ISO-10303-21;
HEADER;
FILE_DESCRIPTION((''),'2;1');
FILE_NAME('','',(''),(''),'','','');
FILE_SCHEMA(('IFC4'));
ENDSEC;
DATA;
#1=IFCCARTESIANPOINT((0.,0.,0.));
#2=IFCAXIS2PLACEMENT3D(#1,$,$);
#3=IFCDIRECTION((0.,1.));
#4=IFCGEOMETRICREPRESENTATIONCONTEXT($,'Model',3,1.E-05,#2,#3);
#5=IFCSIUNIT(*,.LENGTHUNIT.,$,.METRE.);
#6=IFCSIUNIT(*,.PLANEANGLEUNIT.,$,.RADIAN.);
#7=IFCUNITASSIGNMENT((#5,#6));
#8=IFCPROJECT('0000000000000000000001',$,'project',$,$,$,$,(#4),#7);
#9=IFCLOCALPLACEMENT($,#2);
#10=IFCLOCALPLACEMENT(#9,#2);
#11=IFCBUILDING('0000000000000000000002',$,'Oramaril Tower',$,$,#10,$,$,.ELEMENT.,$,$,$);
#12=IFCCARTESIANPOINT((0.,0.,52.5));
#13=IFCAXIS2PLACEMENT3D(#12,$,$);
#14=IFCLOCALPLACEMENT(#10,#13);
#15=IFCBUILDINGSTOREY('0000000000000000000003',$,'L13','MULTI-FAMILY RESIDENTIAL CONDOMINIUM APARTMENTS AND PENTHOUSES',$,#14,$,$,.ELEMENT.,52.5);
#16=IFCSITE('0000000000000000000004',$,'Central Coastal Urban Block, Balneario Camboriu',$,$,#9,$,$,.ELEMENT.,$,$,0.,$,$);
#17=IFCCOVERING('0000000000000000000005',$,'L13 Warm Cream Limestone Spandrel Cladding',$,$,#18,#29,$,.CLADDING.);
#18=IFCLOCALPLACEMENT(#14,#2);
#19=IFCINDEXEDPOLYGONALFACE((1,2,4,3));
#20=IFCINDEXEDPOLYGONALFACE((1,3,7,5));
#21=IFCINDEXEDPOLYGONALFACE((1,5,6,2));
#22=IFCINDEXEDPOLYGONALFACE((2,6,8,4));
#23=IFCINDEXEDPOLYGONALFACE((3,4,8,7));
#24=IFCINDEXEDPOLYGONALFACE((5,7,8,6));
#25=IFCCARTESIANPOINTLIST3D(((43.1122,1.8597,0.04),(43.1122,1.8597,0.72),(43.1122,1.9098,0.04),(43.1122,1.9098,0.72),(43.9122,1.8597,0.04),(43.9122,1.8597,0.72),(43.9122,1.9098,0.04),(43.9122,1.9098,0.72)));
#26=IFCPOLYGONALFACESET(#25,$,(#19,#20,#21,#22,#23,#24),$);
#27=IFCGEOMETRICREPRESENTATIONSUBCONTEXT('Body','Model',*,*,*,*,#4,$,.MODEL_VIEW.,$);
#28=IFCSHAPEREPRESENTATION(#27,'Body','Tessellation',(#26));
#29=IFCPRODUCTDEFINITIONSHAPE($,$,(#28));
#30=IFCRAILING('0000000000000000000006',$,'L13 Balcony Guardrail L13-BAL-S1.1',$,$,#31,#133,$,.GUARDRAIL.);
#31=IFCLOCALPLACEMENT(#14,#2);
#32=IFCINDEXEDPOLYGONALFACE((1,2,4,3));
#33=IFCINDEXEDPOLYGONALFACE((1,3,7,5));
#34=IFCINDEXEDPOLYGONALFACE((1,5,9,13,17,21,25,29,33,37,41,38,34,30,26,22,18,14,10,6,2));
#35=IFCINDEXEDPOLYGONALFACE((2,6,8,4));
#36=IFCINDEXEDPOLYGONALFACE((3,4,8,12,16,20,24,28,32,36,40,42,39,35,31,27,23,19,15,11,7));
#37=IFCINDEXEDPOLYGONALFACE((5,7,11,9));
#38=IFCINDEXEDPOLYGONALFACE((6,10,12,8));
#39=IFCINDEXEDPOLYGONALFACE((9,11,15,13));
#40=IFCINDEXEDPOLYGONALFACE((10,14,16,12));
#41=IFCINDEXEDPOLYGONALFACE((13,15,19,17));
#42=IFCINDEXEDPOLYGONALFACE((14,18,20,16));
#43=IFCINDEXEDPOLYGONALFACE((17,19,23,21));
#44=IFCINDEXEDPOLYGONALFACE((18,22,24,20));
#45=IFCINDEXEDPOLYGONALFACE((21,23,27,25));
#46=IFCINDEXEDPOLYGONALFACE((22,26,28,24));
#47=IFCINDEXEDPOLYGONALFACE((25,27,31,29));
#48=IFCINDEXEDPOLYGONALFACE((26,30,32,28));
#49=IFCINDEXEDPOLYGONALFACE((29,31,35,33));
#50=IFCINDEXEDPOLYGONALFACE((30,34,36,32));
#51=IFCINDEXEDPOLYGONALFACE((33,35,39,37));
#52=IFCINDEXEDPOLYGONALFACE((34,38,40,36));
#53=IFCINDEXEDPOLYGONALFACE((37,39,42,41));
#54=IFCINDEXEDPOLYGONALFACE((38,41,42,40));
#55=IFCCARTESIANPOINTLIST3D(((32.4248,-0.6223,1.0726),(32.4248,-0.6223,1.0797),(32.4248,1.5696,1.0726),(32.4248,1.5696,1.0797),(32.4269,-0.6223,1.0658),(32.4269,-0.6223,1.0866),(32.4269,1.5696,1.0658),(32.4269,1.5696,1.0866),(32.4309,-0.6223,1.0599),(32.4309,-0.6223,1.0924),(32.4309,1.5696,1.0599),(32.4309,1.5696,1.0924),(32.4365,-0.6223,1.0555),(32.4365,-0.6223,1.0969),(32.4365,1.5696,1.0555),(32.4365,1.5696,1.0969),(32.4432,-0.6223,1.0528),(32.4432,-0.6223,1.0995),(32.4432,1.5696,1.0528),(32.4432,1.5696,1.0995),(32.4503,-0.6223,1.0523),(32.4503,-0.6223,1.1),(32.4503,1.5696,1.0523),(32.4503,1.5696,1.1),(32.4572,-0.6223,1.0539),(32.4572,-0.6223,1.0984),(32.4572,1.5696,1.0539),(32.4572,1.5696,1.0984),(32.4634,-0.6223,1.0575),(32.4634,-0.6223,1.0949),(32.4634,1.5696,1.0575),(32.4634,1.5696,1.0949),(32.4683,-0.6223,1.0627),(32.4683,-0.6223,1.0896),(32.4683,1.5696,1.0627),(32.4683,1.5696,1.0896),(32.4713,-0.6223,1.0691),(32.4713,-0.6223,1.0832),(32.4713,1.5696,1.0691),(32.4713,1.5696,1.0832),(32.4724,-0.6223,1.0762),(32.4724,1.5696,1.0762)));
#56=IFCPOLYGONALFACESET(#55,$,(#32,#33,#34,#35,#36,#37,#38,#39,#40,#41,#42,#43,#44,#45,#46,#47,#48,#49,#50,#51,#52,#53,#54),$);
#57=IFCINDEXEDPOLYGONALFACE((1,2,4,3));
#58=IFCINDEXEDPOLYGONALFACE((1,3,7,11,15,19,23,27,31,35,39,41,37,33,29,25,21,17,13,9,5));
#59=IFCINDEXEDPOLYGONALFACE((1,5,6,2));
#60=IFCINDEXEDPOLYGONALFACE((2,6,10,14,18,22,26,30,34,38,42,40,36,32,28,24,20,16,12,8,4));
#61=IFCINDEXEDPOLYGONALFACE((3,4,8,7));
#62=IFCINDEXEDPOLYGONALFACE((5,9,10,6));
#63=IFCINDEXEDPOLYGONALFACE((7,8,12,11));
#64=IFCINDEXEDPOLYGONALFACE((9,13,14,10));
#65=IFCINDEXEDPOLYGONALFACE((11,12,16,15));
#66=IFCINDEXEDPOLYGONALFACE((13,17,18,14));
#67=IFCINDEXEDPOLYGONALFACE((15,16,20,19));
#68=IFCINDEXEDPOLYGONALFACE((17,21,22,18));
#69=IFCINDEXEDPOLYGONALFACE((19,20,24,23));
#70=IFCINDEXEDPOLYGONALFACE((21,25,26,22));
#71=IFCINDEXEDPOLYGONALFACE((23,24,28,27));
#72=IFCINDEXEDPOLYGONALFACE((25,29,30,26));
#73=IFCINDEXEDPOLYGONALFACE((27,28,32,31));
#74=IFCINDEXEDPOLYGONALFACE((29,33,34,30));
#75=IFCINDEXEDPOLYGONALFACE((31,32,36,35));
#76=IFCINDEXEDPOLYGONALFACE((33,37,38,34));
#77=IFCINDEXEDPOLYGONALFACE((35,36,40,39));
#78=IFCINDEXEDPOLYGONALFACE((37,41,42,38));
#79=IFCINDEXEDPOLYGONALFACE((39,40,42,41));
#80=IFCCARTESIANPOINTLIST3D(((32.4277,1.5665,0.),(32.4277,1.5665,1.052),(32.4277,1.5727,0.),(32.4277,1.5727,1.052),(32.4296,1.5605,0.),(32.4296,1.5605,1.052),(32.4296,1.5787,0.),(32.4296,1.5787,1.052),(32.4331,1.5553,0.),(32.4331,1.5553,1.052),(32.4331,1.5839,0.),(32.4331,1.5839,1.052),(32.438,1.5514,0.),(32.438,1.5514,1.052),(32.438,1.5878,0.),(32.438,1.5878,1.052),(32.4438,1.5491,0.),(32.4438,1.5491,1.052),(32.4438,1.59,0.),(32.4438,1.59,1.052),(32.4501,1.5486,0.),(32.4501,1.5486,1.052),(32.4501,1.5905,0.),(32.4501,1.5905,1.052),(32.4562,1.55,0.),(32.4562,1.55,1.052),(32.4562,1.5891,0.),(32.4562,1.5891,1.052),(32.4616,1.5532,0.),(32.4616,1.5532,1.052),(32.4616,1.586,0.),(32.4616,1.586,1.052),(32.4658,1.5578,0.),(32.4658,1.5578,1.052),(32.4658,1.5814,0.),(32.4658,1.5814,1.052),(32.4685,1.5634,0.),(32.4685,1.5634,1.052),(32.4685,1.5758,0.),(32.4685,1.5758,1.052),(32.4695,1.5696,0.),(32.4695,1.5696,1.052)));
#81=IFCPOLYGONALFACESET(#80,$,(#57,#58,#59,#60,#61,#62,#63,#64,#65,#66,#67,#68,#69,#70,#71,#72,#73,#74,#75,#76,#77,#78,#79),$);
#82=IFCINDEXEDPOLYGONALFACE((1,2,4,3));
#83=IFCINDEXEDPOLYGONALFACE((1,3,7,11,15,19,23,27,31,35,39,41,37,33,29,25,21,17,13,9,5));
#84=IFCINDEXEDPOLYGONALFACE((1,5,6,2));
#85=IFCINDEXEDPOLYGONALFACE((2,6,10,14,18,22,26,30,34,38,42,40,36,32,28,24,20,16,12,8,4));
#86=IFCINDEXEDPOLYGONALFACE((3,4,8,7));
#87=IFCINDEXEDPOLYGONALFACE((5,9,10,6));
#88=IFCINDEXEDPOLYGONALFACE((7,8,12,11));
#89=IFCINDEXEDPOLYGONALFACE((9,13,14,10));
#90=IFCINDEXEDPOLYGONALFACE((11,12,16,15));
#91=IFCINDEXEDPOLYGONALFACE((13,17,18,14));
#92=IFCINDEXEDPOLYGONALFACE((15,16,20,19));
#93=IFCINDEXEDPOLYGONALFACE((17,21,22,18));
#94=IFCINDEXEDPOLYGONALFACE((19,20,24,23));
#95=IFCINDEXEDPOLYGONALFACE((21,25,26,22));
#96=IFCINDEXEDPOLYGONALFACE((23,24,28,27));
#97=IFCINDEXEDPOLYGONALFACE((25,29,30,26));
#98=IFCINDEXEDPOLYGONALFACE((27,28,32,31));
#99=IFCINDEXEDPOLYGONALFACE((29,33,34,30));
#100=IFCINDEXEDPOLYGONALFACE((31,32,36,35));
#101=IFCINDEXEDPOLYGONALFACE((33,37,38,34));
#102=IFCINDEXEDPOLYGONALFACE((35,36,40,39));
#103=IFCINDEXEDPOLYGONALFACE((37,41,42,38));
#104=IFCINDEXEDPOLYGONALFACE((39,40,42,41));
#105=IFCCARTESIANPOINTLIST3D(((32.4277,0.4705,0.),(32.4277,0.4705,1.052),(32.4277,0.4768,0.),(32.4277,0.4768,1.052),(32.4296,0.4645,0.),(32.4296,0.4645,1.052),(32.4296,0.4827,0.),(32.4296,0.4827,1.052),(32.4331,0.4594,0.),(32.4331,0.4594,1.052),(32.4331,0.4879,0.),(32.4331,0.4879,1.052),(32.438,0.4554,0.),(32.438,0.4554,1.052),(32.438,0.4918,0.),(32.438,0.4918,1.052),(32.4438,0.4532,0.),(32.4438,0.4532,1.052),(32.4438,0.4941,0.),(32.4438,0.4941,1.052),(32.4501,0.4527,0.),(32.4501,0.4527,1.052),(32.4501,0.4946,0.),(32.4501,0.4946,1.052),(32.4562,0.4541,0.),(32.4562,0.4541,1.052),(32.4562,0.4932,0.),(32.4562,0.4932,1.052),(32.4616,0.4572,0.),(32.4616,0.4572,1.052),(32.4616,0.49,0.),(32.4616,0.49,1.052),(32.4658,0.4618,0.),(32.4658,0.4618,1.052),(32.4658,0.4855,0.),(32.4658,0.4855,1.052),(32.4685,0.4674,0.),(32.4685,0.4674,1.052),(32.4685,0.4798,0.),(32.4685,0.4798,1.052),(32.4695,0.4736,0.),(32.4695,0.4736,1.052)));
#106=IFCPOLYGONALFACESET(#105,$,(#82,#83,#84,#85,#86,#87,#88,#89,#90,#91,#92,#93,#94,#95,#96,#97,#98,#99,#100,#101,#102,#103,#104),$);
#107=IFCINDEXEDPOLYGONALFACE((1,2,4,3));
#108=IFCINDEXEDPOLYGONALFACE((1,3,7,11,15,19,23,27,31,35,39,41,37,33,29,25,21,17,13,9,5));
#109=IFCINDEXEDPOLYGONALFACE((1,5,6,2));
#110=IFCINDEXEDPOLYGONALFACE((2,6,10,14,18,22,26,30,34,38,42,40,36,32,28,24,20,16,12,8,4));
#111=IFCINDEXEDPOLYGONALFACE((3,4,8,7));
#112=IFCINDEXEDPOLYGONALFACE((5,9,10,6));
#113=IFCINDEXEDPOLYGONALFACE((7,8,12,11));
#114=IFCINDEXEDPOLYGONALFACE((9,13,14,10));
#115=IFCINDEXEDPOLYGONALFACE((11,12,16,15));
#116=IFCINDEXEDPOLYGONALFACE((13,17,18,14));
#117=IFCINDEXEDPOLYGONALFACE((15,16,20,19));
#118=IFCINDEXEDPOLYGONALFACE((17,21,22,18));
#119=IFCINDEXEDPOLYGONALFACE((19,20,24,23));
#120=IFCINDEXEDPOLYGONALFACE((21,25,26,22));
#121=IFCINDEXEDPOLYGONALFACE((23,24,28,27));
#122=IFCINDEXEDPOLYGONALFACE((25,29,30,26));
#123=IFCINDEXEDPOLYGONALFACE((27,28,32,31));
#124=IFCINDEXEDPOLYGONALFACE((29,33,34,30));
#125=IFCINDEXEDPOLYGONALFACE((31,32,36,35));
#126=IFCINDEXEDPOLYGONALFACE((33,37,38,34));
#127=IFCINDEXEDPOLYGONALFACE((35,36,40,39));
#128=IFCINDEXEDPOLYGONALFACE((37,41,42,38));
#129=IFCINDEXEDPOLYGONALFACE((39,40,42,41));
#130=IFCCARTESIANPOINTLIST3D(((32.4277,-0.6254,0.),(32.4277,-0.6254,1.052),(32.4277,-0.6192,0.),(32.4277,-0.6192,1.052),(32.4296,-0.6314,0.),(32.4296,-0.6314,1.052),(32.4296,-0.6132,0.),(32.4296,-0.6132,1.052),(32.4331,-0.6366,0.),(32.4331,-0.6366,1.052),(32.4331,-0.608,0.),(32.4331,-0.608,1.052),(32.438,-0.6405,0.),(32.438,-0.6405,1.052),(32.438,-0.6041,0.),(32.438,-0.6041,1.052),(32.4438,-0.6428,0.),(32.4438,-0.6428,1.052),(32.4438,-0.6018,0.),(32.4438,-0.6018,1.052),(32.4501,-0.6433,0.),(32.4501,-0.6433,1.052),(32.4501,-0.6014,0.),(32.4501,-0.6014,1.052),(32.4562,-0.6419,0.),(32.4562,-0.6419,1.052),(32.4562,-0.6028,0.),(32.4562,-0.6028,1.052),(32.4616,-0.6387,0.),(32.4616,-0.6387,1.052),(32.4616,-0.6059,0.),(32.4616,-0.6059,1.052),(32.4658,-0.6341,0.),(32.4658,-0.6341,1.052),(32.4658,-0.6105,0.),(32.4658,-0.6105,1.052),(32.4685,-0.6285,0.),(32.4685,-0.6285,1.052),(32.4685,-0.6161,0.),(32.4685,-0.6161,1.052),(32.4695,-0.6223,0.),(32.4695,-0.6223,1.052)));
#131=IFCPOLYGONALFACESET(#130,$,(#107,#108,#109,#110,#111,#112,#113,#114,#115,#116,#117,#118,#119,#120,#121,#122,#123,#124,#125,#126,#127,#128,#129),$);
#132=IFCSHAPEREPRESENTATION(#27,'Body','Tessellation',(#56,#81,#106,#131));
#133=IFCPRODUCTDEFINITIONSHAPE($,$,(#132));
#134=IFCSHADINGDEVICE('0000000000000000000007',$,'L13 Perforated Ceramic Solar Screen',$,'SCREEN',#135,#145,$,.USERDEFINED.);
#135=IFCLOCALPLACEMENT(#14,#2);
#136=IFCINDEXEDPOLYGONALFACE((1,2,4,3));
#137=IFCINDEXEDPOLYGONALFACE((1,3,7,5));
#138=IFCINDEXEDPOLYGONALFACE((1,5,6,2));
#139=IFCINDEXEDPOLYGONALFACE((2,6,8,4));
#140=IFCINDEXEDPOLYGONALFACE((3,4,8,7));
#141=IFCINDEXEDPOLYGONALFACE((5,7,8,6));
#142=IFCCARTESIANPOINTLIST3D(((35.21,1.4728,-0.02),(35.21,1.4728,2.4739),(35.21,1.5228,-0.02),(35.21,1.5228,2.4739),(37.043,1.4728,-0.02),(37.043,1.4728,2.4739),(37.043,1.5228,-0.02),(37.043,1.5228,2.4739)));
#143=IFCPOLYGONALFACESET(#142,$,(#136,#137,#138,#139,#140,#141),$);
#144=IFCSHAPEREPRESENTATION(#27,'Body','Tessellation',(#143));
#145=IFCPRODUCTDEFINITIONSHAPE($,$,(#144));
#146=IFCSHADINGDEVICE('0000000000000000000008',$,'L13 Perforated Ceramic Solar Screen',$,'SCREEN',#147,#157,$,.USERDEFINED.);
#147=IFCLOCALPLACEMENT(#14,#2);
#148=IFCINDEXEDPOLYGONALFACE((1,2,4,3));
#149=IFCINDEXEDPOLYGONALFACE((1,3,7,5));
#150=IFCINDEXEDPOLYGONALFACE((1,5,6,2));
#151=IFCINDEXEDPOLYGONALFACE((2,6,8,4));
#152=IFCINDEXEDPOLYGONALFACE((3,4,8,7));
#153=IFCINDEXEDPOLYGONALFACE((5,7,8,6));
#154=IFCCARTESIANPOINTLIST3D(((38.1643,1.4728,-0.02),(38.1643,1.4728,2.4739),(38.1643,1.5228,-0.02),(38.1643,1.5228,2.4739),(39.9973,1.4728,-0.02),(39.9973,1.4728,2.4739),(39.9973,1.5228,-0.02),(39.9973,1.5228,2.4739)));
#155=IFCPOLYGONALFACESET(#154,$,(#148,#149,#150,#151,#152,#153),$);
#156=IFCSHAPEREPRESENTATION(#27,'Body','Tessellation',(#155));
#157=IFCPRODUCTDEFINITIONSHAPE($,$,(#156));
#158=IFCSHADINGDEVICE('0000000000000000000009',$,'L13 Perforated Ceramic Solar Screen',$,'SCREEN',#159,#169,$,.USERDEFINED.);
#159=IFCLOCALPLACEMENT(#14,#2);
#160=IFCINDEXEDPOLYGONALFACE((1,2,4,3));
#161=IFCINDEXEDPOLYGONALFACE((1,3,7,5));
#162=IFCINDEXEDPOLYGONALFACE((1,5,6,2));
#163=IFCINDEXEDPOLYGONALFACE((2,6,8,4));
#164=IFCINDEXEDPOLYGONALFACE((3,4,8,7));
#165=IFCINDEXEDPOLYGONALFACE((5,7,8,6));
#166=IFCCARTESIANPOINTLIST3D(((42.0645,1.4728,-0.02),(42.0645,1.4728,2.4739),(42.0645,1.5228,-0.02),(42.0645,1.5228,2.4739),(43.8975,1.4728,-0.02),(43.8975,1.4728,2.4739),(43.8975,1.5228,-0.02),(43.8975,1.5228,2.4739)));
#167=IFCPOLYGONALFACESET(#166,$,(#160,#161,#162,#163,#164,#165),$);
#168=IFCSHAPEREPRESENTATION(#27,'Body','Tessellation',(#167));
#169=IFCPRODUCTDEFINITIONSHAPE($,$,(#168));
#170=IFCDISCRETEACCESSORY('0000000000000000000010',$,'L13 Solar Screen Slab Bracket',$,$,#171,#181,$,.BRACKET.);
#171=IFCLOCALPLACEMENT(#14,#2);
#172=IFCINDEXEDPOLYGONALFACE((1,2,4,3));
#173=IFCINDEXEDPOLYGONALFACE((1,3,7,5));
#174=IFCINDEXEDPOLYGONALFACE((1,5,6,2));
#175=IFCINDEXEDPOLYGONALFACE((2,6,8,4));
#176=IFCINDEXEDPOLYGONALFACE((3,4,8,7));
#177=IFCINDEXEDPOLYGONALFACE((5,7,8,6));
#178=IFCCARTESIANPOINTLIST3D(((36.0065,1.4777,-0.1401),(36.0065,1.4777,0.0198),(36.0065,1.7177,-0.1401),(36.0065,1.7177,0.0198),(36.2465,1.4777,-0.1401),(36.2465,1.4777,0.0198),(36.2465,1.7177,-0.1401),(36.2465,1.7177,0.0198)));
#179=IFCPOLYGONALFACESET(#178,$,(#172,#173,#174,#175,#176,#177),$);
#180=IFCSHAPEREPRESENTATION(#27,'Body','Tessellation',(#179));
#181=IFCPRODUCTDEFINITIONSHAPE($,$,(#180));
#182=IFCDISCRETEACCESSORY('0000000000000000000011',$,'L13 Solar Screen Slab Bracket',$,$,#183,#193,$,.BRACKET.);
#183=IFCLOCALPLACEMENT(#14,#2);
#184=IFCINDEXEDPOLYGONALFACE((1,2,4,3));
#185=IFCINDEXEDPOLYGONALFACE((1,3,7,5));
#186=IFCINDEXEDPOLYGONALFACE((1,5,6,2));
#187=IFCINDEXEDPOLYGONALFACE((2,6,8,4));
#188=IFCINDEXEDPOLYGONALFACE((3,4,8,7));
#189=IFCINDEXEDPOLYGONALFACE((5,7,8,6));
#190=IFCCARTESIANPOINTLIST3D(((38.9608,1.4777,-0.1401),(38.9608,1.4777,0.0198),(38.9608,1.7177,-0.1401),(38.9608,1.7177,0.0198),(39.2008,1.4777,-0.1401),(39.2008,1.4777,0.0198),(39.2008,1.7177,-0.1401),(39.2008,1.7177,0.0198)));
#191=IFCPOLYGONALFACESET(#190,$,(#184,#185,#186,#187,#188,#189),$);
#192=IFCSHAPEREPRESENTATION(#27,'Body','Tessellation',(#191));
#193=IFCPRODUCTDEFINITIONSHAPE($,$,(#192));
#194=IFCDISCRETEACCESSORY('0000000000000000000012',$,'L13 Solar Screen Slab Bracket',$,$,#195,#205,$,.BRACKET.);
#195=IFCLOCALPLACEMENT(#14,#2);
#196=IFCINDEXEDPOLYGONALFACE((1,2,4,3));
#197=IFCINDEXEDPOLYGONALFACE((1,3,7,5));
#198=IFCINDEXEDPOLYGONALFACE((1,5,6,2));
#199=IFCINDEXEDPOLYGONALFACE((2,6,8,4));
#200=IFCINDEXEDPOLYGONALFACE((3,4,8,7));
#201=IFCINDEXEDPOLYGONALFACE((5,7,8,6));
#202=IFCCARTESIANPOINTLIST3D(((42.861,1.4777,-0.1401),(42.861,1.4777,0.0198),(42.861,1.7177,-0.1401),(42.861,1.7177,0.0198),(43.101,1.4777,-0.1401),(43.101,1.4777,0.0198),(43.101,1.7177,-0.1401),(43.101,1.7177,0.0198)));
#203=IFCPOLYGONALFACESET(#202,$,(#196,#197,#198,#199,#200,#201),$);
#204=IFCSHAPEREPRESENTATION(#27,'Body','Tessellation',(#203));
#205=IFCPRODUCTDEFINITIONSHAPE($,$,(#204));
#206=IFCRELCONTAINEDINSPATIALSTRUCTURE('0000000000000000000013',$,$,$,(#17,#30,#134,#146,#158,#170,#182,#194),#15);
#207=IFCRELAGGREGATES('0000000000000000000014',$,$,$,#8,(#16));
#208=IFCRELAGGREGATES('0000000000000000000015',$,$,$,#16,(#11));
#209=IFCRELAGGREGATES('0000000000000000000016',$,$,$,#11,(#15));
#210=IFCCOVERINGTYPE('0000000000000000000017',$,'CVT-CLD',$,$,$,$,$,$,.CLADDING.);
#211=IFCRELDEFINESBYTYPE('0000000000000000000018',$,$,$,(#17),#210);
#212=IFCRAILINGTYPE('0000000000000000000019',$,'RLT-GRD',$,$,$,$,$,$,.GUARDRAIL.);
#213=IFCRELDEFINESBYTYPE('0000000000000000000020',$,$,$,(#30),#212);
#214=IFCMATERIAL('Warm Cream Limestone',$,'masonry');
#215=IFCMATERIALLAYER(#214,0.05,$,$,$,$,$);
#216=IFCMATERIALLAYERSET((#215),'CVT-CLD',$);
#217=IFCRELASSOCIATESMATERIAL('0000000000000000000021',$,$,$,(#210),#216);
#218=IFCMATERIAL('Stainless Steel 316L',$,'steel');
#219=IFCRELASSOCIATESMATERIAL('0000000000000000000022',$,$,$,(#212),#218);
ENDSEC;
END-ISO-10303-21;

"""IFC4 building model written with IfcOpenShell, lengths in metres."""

from ifc_helpers import new_model, si_unit, direction, frame, origin, origin_2d, place, context, subcontext, project, spatial, rectangle, circle, extrude, material, layer, layer_set, type_object, element, save


model = new_model("IFC4")

# Units and contexts
model_context = context("Model", 3, precision=1e-05, world=origin(), true_north=direction((0.0, 1.0)))
body_context = subcontext(model_context, "Body", "Model", "MODEL_VIEW")
ifc_project = project(units=[si_unit("LENGTHUNIT", "METRE"), si_unit("PLANEANGLEUNIT", "RADIAN")], contexts=[model_context])

# Site, building, storey
site_placement = place(None, origin())
site = spatial("IfcSite", under=ifc_project, at=site_placement, Name="Central Coastal Urban Block, Balneario Camboriu", CompositionType="ELEMENT", RefElevation=0.0)
building_placement = place(site_placement, origin())
building = spatial("IfcBuilding", under=site, at=building_placement, Name="Oramaril Tower", CompositionType="ELEMENT")
storey_placement = place(building_placement, frame((0.0, 0.0, 52.5)))
storey = spatial("IfcBuildingStorey", under=building, at=storey_placement, Name="L13", Description="MULTI-FAMILY RESIDENTIAL CONDOMINIUM APARTMENTS AND PENTHOUSES", CompositionType="ELEMENT", Elevation=52.5)

# Covering
ifc_material_1 = material(Name="Warm Cream Limestone", Category="masonry")
ifc_layer_1 = layer(ifc_material_1, 0.05)
ifc_layer_set_1 = layer_set([ifc_layer_1], Name="CVT-CLD")
covering_type = type_object("IfcCoveringType", Name="CVT-CLD", PredefinedType="CLADDING", material=ifc_layer_set_1)
covering_placement = place(storey_placement, frame((43.5122, 1.8848, 0.04), z_axis=(0.0, 0.0, 1.0), x_axis=(1.0, 0.0, 0.0)))
element("IfcCovering", 1, at=covering_placement, inside=storey, type_object=covering_type, Name="L13 Warm Cream Limestone Spandrel Cladding", PredefinedType="CLADDING", context=body_context, shape_type="SweptSolid", body=[
    extrude(rectangle(XDim=0.8, YDim=0.05, at=origin_2d()), origin(), (0.0, 0.0, 1.0), 0.6799),
])

# Railing
ifc_material_2 = material(Name="Stainless Steel 316L", Category="steel")
railing_type = type_object("IfcRailingType", Name="RLT-GRD", PredefinedType="GUARDRAIL", material=ifc_material_2)
railing_1_placement = place(storey_placement, frame((32.4485, 1.5696, 0.0)))
element("IfcRailing", 2, at=railing_1_placement, inside=storey, type_object=railing_type, Name="L13 Balcony Guardrail L13-BAL-S1.1", PredefinedType="GUARDRAIL", context=body_context, shape_type="SweptSolid", body=[
    extrude(circle(Radius=0.0239, at=origin_2d()), frame((0.0, 0.0, 1.0762), z_axis=(0.0, -1.0, 0.0), x_axis=(1.0, 0.0, 0.0)), (0.0, 0.0, 1.0), 2.1919),
    extrude(circle(Radius=0.021, at=origin_2d()), origin(), (0.0, 0.0, 1.0), 1.052),
    extrude(circle(Radius=0.021, at=origin_2d()), frame((0.0, -1.0959, 0.0)), (0.0, 0.0, 1.0), 1.052),
    extrude(circle(Radius=0.021, at=origin_2d()), frame((0.0, -2.1919, 0.0)), (0.0, 0.0, 1.0), 1.052),
])

# Shading devices
for number, where, z_axis, x_axis, name in (
    (3, (36.1265, 1.4978, -0.02), (0.0, 0.0, 1.0), (1.0, 0.0, 0.0), "L13 Perforated Ceramic Solar Screen"),
    (4, (39.0808, 1.4978, -0.02), (0.0, 0.0, 1.0), (1.0, 0.0, 0.0), "L13 Perforated Ceramic Solar Screen"),
    (5, (42.981, 1.4978, -0.02), (0.0, 0.0, 1.0), (1.0, 0.0, 0.0), "L13 Perforated Ceramic Solar Screen"),
):
    element("IfcShadingDevice", number, at=place(storey_placement, frame(where, z_axis=z_axis, x_axis=x_axis)), inside=storey, Name=name, ObjectType="SCREEN", PredefinedType="USERDEFINED", context=body_context, shape_type="SweptSolid", body=[
        extrude(rectangle(XDim=1.833, YDim=0.05, at=origin_2d()), origin(), (0.0, 0.0, 1.0), 2.4939),
    ])

# Discrete accessories
for number, where, z_axis, x_axis, name in (
    (6, (36.1265, 1.5977, -0.1401), (0.0, 0.0, 1.0), (1.0, 0.0, 0.0), "L13 Solar Screen Slab Bracket"),
    (7, (39.0808, 1.5977, -0.1401), (0.0, 0.0, 1.0), (1.0, 0.0, 0.0), "L13 Solar Screen Slab Bracket"),
    (8, (42.981, 1.5977, -0.1401), (0.0, 0.0, 1.0), (1.0, 0.0, 0.0), "L13 Solar Screen Slab Bracket"),
):
    element("IfcDiscreteAccessory", number, at=place(storey_placement, frame(where, z_axis=z_axis, x_axis=x_axis)), inside=storey, Name=name, PredefinedType="BRACKET", context=body_context, shape_type="SweptSolid", body=[
        extrude(rectangle(XDim=0.24, YDim=0.24, at=origin_2d()), origin(), (0.0, 0.0, 1.0), 0.1599),
    ])

save(model, "model.ifc")
